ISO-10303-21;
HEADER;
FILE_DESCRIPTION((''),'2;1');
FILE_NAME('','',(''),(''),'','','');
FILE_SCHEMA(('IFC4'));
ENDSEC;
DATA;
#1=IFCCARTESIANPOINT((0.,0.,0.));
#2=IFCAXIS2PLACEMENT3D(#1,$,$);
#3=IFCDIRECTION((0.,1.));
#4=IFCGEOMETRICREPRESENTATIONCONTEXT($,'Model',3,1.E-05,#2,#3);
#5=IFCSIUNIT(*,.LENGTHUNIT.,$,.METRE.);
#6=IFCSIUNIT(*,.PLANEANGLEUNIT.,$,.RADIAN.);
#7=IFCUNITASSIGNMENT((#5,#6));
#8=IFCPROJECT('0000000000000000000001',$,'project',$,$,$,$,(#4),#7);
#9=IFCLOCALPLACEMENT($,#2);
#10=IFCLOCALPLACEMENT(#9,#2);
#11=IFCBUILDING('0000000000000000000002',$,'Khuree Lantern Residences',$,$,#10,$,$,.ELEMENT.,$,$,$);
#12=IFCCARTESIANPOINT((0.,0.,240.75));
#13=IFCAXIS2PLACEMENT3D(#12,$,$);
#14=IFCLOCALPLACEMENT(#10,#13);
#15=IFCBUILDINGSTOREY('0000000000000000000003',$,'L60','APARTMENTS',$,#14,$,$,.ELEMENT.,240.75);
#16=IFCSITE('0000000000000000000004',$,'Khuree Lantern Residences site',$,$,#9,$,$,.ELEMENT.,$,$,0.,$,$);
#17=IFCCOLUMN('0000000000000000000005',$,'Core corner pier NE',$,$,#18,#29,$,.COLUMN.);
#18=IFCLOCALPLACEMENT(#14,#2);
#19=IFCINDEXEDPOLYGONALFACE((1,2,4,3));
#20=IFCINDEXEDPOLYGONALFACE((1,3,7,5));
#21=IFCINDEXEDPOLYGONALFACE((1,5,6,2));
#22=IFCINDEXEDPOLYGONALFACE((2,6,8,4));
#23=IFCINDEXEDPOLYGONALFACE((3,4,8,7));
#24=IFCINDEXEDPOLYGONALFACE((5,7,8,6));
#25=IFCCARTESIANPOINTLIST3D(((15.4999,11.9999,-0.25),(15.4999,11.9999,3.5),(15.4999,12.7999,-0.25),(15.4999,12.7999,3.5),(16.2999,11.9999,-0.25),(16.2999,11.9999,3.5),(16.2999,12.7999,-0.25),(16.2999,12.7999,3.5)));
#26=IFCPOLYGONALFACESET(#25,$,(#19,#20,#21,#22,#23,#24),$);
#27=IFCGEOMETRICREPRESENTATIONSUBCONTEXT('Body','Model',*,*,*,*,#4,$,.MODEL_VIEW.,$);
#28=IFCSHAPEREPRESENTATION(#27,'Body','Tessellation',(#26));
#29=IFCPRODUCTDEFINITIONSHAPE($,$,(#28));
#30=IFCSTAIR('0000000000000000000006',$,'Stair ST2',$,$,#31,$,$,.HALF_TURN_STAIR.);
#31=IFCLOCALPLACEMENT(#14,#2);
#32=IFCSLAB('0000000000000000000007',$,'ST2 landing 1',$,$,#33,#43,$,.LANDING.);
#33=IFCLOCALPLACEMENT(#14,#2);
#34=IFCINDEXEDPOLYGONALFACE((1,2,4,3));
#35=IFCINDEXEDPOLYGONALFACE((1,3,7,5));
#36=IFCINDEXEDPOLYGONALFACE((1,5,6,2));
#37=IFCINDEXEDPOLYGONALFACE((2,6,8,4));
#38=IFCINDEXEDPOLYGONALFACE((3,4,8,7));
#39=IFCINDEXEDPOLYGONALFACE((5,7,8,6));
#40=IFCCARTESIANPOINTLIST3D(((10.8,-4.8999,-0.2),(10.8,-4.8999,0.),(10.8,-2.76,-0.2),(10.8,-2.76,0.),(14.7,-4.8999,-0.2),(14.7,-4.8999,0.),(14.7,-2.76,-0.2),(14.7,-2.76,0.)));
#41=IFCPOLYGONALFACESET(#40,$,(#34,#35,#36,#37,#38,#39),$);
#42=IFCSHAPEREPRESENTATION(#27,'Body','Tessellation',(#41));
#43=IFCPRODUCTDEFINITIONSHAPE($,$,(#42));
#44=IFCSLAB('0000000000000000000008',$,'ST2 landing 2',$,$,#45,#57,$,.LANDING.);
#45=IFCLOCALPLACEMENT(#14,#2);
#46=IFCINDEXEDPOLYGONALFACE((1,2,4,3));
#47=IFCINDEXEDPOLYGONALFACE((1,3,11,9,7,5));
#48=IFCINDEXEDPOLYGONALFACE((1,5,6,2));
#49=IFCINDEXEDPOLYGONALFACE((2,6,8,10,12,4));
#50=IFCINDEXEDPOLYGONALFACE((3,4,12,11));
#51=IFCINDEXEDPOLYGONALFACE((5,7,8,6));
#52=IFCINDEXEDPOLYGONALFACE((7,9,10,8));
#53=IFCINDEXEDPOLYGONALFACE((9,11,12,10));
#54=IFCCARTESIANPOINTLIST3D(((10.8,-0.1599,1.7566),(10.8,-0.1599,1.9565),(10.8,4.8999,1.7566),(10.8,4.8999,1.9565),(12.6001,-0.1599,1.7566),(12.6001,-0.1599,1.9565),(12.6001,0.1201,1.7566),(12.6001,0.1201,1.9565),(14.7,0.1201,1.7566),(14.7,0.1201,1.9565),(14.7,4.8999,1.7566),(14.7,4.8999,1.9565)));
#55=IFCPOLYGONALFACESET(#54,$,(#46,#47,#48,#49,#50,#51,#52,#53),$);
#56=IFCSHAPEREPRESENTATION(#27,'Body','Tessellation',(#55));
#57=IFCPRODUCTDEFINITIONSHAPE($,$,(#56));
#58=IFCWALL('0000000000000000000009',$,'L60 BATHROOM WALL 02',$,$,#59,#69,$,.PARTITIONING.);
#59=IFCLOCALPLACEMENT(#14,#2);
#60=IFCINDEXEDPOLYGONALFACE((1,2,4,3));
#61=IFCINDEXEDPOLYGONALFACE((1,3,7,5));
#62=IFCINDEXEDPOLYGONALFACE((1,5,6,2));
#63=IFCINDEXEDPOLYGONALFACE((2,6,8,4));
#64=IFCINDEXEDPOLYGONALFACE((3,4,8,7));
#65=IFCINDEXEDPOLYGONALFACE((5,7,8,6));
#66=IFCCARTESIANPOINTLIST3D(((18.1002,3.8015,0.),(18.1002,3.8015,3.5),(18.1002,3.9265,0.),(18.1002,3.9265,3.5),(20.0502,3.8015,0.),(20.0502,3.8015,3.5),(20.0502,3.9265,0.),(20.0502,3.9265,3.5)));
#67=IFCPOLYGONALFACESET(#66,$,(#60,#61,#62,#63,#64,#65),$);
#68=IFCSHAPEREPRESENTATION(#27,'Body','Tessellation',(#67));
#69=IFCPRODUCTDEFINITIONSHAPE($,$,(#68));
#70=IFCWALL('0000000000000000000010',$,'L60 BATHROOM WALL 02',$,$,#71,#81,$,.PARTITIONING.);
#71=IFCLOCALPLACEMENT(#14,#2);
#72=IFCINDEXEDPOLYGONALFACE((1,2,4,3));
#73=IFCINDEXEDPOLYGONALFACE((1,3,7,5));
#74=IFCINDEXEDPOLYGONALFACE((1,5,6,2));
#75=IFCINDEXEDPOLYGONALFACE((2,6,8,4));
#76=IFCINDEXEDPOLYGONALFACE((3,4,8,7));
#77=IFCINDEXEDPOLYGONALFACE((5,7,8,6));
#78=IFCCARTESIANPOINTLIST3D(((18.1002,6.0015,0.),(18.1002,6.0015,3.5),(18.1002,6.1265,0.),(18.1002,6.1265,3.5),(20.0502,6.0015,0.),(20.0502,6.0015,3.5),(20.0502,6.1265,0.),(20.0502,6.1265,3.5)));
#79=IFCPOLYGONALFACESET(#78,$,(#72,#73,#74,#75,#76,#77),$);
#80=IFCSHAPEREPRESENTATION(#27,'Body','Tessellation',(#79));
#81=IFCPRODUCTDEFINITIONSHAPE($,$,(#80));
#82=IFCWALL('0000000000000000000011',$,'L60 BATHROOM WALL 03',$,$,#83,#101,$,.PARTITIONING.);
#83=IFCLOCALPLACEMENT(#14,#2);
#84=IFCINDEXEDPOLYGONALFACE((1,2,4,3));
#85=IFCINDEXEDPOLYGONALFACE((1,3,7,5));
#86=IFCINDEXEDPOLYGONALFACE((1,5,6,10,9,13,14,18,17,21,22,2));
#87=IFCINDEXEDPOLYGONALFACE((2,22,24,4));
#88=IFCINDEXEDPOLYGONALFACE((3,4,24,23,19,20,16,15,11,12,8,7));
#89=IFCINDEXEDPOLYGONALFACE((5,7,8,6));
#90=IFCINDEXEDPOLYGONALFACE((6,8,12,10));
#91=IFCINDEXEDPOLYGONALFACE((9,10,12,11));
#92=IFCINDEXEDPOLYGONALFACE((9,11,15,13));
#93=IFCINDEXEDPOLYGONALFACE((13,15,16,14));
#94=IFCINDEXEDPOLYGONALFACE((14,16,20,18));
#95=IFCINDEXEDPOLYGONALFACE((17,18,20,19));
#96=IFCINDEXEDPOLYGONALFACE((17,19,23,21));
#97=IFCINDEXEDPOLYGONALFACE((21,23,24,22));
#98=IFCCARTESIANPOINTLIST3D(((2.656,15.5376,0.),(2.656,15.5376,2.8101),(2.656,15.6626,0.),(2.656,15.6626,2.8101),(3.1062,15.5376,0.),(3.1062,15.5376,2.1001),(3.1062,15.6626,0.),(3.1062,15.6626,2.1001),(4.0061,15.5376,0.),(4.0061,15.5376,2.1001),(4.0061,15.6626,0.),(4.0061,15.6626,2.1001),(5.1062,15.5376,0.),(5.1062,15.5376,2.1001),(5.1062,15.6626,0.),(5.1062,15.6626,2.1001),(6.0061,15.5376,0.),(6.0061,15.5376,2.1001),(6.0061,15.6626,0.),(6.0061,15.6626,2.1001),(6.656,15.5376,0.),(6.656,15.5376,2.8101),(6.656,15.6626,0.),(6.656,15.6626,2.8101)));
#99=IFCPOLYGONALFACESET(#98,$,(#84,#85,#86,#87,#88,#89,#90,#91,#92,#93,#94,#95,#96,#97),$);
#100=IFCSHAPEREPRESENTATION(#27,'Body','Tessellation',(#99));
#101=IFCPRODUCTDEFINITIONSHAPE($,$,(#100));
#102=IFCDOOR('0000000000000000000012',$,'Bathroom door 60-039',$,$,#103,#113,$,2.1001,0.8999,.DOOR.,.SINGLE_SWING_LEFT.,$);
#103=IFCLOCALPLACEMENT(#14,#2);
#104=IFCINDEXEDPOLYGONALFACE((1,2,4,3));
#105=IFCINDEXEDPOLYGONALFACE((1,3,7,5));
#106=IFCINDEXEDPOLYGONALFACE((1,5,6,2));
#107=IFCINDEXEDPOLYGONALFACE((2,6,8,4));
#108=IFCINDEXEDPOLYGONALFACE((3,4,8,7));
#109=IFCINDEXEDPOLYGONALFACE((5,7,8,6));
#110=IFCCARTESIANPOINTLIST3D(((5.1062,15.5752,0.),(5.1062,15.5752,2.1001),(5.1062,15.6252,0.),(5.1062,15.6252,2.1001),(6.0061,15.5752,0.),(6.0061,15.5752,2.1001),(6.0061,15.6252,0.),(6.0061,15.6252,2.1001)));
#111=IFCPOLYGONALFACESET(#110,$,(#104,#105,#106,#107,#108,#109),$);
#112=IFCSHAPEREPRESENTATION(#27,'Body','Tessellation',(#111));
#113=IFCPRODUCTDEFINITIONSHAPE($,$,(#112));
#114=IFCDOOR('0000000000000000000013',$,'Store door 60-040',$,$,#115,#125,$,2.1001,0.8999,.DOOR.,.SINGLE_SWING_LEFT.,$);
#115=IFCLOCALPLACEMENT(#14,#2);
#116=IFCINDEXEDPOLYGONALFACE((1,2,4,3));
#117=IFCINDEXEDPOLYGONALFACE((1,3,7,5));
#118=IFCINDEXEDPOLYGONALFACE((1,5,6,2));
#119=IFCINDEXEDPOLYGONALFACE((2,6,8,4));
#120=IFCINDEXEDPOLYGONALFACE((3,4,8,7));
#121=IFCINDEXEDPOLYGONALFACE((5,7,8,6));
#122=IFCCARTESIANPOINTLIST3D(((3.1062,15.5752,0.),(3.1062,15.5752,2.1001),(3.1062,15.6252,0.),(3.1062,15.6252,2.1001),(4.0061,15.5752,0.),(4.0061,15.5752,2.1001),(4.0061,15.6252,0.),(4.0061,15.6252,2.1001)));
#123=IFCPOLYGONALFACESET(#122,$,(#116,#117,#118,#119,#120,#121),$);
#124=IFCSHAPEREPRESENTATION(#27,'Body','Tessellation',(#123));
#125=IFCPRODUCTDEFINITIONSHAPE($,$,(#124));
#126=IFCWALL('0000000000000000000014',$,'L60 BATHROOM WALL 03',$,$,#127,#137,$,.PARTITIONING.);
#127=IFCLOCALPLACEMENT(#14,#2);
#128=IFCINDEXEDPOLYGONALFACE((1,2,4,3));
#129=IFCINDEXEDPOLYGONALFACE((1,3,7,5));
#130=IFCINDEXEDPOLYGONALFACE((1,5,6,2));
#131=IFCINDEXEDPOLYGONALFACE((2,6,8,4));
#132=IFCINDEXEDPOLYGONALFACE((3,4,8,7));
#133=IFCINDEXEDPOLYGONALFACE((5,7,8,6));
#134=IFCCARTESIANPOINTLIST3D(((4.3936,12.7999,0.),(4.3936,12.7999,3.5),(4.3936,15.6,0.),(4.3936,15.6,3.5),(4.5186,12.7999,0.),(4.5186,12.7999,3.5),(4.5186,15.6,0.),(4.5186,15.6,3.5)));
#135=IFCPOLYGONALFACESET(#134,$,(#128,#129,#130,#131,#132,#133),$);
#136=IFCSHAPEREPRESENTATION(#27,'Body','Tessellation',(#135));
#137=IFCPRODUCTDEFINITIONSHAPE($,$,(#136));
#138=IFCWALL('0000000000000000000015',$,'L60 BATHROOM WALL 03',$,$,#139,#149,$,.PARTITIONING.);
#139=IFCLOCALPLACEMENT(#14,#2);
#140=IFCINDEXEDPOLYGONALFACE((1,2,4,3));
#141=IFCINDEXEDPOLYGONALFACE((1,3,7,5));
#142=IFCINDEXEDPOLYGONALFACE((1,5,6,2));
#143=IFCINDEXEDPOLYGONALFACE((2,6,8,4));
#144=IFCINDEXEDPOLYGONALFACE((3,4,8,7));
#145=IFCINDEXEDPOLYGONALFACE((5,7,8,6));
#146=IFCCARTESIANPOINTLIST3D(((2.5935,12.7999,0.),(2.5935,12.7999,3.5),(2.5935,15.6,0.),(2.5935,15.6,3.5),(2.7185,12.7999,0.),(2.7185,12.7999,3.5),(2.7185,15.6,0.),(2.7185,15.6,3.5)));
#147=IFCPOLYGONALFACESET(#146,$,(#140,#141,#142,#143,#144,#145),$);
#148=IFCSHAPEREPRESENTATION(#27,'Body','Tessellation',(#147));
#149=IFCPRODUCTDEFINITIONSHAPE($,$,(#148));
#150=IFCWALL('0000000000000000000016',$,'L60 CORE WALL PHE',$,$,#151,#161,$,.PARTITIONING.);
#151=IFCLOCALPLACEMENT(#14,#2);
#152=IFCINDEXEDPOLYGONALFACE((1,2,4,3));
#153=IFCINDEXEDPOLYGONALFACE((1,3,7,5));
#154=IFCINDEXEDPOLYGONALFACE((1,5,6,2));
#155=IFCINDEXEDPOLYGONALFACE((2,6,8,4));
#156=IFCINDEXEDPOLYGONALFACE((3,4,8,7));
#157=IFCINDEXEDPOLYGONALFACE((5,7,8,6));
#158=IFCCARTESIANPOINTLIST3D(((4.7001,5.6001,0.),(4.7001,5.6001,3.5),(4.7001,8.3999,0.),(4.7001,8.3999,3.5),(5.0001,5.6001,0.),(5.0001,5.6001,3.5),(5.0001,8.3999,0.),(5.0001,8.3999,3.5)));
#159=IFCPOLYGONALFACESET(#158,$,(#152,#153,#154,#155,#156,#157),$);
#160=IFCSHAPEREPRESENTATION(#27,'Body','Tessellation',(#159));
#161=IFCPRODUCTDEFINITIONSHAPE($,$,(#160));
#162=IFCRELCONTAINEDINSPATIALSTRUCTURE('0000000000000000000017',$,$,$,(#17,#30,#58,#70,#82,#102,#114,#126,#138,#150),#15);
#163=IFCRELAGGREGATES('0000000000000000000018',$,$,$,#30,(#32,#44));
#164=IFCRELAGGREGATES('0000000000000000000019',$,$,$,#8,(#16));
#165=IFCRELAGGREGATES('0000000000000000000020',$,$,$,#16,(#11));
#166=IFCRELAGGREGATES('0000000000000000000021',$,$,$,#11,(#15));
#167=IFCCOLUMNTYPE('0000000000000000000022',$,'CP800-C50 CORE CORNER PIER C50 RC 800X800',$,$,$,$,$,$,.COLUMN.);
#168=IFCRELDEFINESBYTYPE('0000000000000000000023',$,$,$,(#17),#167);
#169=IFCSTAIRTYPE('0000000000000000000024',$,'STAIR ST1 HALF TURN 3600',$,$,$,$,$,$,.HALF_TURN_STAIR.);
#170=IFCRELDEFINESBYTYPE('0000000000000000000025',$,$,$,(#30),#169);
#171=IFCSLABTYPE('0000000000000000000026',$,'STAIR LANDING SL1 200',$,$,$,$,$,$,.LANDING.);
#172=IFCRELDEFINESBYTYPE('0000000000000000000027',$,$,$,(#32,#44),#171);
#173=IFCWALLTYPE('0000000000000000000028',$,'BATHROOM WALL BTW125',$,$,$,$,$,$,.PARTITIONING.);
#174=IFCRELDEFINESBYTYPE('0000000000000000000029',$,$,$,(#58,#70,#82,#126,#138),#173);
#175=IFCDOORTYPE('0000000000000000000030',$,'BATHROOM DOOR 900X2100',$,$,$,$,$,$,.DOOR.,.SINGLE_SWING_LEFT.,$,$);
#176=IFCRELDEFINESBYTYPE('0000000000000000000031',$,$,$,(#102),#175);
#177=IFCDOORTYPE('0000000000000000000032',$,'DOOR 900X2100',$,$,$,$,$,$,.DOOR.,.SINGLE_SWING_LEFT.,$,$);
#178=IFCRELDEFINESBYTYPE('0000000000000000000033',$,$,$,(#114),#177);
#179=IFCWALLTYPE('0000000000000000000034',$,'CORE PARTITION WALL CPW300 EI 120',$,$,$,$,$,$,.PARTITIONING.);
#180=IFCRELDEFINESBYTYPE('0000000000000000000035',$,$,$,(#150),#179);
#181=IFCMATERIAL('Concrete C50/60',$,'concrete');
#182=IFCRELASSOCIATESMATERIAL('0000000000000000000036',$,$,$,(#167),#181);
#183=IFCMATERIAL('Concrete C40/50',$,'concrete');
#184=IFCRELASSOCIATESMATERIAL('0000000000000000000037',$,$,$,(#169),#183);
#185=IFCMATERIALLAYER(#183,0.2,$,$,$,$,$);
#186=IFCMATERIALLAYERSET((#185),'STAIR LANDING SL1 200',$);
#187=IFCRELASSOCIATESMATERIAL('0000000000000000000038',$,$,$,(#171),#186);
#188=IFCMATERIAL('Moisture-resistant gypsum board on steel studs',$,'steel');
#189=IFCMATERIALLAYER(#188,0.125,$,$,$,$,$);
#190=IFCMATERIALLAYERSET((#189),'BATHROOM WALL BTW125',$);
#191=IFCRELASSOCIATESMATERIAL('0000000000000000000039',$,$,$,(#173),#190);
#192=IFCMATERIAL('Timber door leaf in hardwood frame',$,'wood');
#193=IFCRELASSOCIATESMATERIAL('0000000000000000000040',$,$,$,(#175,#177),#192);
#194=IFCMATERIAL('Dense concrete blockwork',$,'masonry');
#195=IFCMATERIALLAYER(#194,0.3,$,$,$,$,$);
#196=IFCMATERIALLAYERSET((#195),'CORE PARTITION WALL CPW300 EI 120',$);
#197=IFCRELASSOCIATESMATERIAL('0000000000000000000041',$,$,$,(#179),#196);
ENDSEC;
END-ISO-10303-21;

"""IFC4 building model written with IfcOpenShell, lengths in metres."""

from ifc_helpers import new_model, si_unit, direction, frame, frame_2d, origin, origin_2d, place, context, subcontext, project, spatial, polyline, rectangle, outline, extrude, material, layer, layer_set, material_profile, profile_set, type_object, element, fill, aggregate, save


model = new_model("IFC4")

# Units and contexts
model_context = context("Model", 3, precision=1e-05, world=origin(), true_north=direction((0.0, 1.0)))
body_context = subcontext(model_context, "Body", "Model", "MODEL_VIEW")
ifc_project = project(units=[si_unit("LENGTHUNIT", "METRE"), si_unit("PLANEANGLEUNIT", "RADIAN")], contexts=[model_context])

# Site, building, storey
site_placement = place(None, origin())
site = spatial("IfcSite", under=ifc_project, at=site_placement, Name="Khuree Lantern Residences site", CompositionType="ELEMENT", RefElevation=0.0)
building_placement = place(site_placement, origin())
building = spatial("IfcBuilding", under=site, at=building_placement, Name="Khuree Lantern Residences", CompositionType="ELEMENT")
storey_placement = place(building_placement, frame((0.0, 0.0, 240.75)))
storey = spatial("IfcBuildingStorey", under=building, at=storey_placement, Name="L60", Description="APARTMENTS", CompositionType="ELEMENT", Elevation=240.75)

# Column
ifc_material_1 = material(Name="Concrete C50/60", Category="concrete")
ifc_material_profile = material_profile(ifc_material_1, rectangle(XDim=0.8, YDim=0.8, at=origin_2d()), Name="RC 800X800")
ifc_profile_set = profile_set([ifc_material_profile], Name="Concrete C50/60")
column_type = type_object("IfcColumnType", Name="CP800-C50 CORE CORNER PIER C50 RC 800X800", PredefinedType="COLUMN", material=ifc_profile_set)
column_placement = place(storey_placement, frame((15.8999, 12.3999, -0.25), z_axis=(0.0, 0.0, 1.0), x_axis=(1.0, 0.0, 0.0)))
element("IfcColumn", 1, at=column_placement, inside=storey, type_object=column_type, Name="Core corner pier NE", PredefinedType="COLUMN", context=body_context, shape_type="SweptSolid", body=[
    extrude(rectangle(XDim=0.8, YDim=0.8, at=origin_2d()), origin(), (0.0, 0.0, 1.0), 3.75),
])

# Stair, slabs
ifc_material_2 = material(Name="Concrete C40/50", Category="concrete")
stair_type = type_object("IfcStairType", Name="STAIR ST1 HALF TURN 3600", PredefinedType="HALF_TURN_STAIR", material=ifc_material_2)
stair_placement = place(storey_placement, origin())
stair = element("IfcStair", 2, at=stair_placement, inside=storey, type_object=stair_type, Name="Stair ST2", PredefinedType="HALF_TURN_STAIR")
ifc_layer_1 = layer(ifc_material_2, 0.2)
ifc_layer_set_1 = layer_set([ifc_layer_1], Name="STAIR LANDING SL1 200")
slab_type = type_object("IfcSlabType", Name="STAIR LANDING SL1 200", PredefinedType="LANDING", material=ifc_layer_set_1)
slab_1_placement = place(storey_placement, frame((0.0, 0.0, -0.2)))
slab_1 = element("IfcSlab", 3, at=slab_1_placement, type_object=slab_type, Name="ST2 landing 1", PredefinedType="LANDING", context=body_context, shape_type="SweptSolid", body=[
    extrude(outline(polyline([(10.8, -4.8999), (14.7, -4.8999), (14.7, -2.76), (10.8, -2.76), (10.8, -4.8999)])), origin(), (0.0, 0.0, 1.0), 0.2),
])
slab_2_placement = place(storey_placement, frame((0.0, 0.0, 1.7566)))
slab_2 = element("IfcSlab", 4, at=slab_2_placement, type_object=slab_type, Name="ST2 landing 2", PredefinedType="LANDING", context=body_context, shape_type="SweptSolid", body=[
    extrude(outline(polyline([(14.7, 4.8999), (14.7, 0.1201), (12.6001, 0.1201), (12.6001, -0.1599), (10.8, -0.1599), (10.8, 4.8999), (14.7, 4.8999)])), origin(), (0.0, 0.0, 1.0), 0.2),
])
aggregate(stair, [slab_1, slab_2])

# Walls
ifc_material_3 = material(Name="Moisture-resistant gypsum board on steel studs", Category="steel")
ifc_layer_2 = layer(ifc_material_3, 0.125)
ifc_layer_set_2 = layer_set([ifc_layer_2], Name="BATHROOM WALL BTW125")
wall_type_1 = type_object("IfcWallType", Name="BATHROOM WALL BTW125", PredefinedType="PARTITIONING", material=ifc_layer_set_2)
for number, where, z_axis, x_axis, name in (
    (5, (18.1001, 3.864, 0.0), (0.0, 0.0, 1.0), (1.0, 0.0, 0.0), "L60 BATHROOM WALL 02"),
    (6, (18.1001, 6.064, 0.0), (0.0, 0.0, 1.0), (1.0, 0.0, 0.0), "L60 BATHROOM WALL 02"),
):
    element("IfcWall", number, at=place(storey_placement, frame(where, z_axis=z_axis, x_axis=x_axis)), inside=storey, type_object=wall_type_1, Name=name, PredefinedType="PARTITIONING", context=body_context, shape_type="SweptSolid", body=[
        extrude(rectangle(XDim=1.95, YDim=0.125, at=frame_2d((0.9751, 0.0))), origin(), (0.0, 0.0, 1.0), 3.5),
    ])

# Wall, openings, doors
wall_1_placement = place(storey_placement, frame((6.656, 15.6001, 0.0), z_axis=(0.0, 0.0, 1.0), x_axis=(-1.0, 0.0, 0.0)))
wall_1 = element("IfcWall", 7, at=wall_1_placement, inside=storey, type_object=wall_type_1, Name="L60 BATHROOM WALL 03", PredefinedType="PARTITIONING", context=body_context, shape_type="SweptSolid", body=[
    extrude(rectangle(XDim=4.0, YDim=0.125, at=frame_2d((2.0, 0.0))), origin(), (0.0, 0.0, 1.0), 2.8101),
])
opening_1_placement = place(wall_1_placement, frame((0.6499, 0.0, 0.0)))
opening_1 = element("IfcOpeningElement", 8, at=opening_1_placement, cuts=wall_1, PredefinedType="OPENING", context=body_context, shape_type="SweptSolid", body=[
    extrude(rectangle(XDim=0.8999, YDim=2.1001, at=frame_2d((0.45, 1.05))), frame((0.0, 0.0725, 0.0), z_axis=(0.0, -1.0, 0.0), x_axis=(1.0, 0.0, 0.0)), (0.0, 0.0, 1.0), 0.145),
])
opening_2_placement = place(wall_1_placement, frame((2.6499, 0.0, 0.0)))
opening_2 = element("IfcOpeningElement", 9, at=opening_2_placement, cuts=wall_1, PredefinedType="OPENING", context=body_context, shape_type="SweptSolid", body=[
    extrude(rectangle(XDim=0.8999, YDim=2.1001, at=frame_2d((0.45, 1.05))), frame((0.0, 0.0725, 0.0), z_axis=(0.0, -1.0, 0.0), x_axis=(1.0, 0.0, 0.0)), (0.0, 0.0, 1.0), 0.145),
])
ifc_material_4 = material(Name="Timber door leaf in hardwood frame", Category="wood")
door_type_1 = type_object("IfcDoorType", Name="BATHROOM DOOR 900X2100", OperationType="SINGLE_SWING_LEFT", PredefinedType="DOOR", material=ifc_material_4)
door_1_placement = place(opening_1_placement, origin())
door_1 = element("IfcDoor", 10, at=door_1_placement, inside=storey, type_object=door_type_1, Name="Bathroom door 60-039", OperationType="SINGLE_SWING_LEFT", OverallHeight=2.1001, OverallWidth=0.8999, PredefinedType="DOOR", context=body_context, shape_type="SweptSolid", body=[
    extrude(rectangle(XDim=0.8999, YDim=2.1001, at=frame_2d((0.45, 1.05))), frame((0.0, 0.0249, 0.0), z_axis=(0.0, -1.0, 0.0), x_axis=(1.0, 0.0, 0.0)), (0.0, 0.0, 1.0), 0.05),
])
fill(opening_1, door_1)
door_type_2 = type_object("IfcDoorType", Name="DOOR 900X2100", OperationType="SINGLE_SWING_LEFT", PredefinedType="DOOR", material=ifc_material_4)
door_2_placement = place(opening_2_placement, origin())
door_2 = element("IfcDoor", 11, at=door_2_placement, inside=storey, type_object=door_type_2, Name="Store door 60-040", OperationType="SINGLE_SWING_LEFT", OverallHeight=2.1001, OverallWidth=0.8999, PredefinedType="DOOR", context=body_context, shape_type="SweptSolid", body=[
    extrude(rectangle(XDim=0.8999, YDim=2.1001, at=frame_2d((0.45, 1.05))), frame((0.0, 0.0249, 0.0), z_axis=(0.0, -1.0, 0.0), x_axis=(1.0, 0.0, 0.0)), (0.0, 0.0, 1.0), 0.05),
])
fill(opening_2, door_2)

# Walls
for number, where, z_axis, x_axis, name in (
    (12, (4.4561, 12.8, 0.0), (0.0, 0.0, 1.0), (0.0, 1.0, 0.0), "L60 BATHROOM WALL 03"),
    (13, (2.656, 12.8, 0.0), (0.0, 0.0, 1.0), (0.0, 1.0, 0.0), "L60 BATHROOM WALL 03"),
):
    element("IfcWall", number, at=place(storey_placement, frame(where, z_axis=z_axis, x_axis=x_axis)), inside=storey, type_object=wall_type_1, Name=name, PredefinedType="PARTITIONING", context=body_context, shape_type="SweptSolid", body=[
        extrude(rectangle(XDim=2.8, YDim=0.125, at=frame_2d((1.3999, 0.0))), origin(), (0.0, 0.0, 1.0), 3.5),
    ])
ifc_material_5 = material(Name="Dense concrete blockwork", Category="masonry")
ifc_layer_3 = layer(ifc_material_5, 0.3)
ifc_layer_set_3 = layer_set([ifc_layer_3], Name="CORE PARTITION WALL CPW300 EI 120")
wall_type_2 = type_object("IfcWallType", Name="CORE PARTITION WALL CPW300 EI 120", PredefinedType="PARTITIONING", material=ifc_layer_set_3)
wall_2_placement = place(storey_placement, frame((4.8501, 5.6001, 0.0), z_axis=(0.0, 0.0, 1.0), x_axis=(0.0, 1.0, 0.0)))
element("IfcWall", 14, at=wall_2_placement, inside=storey, type_object=wall_type_2, Name="L60 CORE WALL PHE", PredefinedType="PARTITIONING", context=body_context, shape_type="SweptSolid", body=[
    extrude(rectangle(XDim=2.7998, YDim=0.3, at=frame_2d((1.3999, 0.0))), origin(), (0.0, 0.0, 1.0), 3.5),
])

save(model, "model.ifc")
